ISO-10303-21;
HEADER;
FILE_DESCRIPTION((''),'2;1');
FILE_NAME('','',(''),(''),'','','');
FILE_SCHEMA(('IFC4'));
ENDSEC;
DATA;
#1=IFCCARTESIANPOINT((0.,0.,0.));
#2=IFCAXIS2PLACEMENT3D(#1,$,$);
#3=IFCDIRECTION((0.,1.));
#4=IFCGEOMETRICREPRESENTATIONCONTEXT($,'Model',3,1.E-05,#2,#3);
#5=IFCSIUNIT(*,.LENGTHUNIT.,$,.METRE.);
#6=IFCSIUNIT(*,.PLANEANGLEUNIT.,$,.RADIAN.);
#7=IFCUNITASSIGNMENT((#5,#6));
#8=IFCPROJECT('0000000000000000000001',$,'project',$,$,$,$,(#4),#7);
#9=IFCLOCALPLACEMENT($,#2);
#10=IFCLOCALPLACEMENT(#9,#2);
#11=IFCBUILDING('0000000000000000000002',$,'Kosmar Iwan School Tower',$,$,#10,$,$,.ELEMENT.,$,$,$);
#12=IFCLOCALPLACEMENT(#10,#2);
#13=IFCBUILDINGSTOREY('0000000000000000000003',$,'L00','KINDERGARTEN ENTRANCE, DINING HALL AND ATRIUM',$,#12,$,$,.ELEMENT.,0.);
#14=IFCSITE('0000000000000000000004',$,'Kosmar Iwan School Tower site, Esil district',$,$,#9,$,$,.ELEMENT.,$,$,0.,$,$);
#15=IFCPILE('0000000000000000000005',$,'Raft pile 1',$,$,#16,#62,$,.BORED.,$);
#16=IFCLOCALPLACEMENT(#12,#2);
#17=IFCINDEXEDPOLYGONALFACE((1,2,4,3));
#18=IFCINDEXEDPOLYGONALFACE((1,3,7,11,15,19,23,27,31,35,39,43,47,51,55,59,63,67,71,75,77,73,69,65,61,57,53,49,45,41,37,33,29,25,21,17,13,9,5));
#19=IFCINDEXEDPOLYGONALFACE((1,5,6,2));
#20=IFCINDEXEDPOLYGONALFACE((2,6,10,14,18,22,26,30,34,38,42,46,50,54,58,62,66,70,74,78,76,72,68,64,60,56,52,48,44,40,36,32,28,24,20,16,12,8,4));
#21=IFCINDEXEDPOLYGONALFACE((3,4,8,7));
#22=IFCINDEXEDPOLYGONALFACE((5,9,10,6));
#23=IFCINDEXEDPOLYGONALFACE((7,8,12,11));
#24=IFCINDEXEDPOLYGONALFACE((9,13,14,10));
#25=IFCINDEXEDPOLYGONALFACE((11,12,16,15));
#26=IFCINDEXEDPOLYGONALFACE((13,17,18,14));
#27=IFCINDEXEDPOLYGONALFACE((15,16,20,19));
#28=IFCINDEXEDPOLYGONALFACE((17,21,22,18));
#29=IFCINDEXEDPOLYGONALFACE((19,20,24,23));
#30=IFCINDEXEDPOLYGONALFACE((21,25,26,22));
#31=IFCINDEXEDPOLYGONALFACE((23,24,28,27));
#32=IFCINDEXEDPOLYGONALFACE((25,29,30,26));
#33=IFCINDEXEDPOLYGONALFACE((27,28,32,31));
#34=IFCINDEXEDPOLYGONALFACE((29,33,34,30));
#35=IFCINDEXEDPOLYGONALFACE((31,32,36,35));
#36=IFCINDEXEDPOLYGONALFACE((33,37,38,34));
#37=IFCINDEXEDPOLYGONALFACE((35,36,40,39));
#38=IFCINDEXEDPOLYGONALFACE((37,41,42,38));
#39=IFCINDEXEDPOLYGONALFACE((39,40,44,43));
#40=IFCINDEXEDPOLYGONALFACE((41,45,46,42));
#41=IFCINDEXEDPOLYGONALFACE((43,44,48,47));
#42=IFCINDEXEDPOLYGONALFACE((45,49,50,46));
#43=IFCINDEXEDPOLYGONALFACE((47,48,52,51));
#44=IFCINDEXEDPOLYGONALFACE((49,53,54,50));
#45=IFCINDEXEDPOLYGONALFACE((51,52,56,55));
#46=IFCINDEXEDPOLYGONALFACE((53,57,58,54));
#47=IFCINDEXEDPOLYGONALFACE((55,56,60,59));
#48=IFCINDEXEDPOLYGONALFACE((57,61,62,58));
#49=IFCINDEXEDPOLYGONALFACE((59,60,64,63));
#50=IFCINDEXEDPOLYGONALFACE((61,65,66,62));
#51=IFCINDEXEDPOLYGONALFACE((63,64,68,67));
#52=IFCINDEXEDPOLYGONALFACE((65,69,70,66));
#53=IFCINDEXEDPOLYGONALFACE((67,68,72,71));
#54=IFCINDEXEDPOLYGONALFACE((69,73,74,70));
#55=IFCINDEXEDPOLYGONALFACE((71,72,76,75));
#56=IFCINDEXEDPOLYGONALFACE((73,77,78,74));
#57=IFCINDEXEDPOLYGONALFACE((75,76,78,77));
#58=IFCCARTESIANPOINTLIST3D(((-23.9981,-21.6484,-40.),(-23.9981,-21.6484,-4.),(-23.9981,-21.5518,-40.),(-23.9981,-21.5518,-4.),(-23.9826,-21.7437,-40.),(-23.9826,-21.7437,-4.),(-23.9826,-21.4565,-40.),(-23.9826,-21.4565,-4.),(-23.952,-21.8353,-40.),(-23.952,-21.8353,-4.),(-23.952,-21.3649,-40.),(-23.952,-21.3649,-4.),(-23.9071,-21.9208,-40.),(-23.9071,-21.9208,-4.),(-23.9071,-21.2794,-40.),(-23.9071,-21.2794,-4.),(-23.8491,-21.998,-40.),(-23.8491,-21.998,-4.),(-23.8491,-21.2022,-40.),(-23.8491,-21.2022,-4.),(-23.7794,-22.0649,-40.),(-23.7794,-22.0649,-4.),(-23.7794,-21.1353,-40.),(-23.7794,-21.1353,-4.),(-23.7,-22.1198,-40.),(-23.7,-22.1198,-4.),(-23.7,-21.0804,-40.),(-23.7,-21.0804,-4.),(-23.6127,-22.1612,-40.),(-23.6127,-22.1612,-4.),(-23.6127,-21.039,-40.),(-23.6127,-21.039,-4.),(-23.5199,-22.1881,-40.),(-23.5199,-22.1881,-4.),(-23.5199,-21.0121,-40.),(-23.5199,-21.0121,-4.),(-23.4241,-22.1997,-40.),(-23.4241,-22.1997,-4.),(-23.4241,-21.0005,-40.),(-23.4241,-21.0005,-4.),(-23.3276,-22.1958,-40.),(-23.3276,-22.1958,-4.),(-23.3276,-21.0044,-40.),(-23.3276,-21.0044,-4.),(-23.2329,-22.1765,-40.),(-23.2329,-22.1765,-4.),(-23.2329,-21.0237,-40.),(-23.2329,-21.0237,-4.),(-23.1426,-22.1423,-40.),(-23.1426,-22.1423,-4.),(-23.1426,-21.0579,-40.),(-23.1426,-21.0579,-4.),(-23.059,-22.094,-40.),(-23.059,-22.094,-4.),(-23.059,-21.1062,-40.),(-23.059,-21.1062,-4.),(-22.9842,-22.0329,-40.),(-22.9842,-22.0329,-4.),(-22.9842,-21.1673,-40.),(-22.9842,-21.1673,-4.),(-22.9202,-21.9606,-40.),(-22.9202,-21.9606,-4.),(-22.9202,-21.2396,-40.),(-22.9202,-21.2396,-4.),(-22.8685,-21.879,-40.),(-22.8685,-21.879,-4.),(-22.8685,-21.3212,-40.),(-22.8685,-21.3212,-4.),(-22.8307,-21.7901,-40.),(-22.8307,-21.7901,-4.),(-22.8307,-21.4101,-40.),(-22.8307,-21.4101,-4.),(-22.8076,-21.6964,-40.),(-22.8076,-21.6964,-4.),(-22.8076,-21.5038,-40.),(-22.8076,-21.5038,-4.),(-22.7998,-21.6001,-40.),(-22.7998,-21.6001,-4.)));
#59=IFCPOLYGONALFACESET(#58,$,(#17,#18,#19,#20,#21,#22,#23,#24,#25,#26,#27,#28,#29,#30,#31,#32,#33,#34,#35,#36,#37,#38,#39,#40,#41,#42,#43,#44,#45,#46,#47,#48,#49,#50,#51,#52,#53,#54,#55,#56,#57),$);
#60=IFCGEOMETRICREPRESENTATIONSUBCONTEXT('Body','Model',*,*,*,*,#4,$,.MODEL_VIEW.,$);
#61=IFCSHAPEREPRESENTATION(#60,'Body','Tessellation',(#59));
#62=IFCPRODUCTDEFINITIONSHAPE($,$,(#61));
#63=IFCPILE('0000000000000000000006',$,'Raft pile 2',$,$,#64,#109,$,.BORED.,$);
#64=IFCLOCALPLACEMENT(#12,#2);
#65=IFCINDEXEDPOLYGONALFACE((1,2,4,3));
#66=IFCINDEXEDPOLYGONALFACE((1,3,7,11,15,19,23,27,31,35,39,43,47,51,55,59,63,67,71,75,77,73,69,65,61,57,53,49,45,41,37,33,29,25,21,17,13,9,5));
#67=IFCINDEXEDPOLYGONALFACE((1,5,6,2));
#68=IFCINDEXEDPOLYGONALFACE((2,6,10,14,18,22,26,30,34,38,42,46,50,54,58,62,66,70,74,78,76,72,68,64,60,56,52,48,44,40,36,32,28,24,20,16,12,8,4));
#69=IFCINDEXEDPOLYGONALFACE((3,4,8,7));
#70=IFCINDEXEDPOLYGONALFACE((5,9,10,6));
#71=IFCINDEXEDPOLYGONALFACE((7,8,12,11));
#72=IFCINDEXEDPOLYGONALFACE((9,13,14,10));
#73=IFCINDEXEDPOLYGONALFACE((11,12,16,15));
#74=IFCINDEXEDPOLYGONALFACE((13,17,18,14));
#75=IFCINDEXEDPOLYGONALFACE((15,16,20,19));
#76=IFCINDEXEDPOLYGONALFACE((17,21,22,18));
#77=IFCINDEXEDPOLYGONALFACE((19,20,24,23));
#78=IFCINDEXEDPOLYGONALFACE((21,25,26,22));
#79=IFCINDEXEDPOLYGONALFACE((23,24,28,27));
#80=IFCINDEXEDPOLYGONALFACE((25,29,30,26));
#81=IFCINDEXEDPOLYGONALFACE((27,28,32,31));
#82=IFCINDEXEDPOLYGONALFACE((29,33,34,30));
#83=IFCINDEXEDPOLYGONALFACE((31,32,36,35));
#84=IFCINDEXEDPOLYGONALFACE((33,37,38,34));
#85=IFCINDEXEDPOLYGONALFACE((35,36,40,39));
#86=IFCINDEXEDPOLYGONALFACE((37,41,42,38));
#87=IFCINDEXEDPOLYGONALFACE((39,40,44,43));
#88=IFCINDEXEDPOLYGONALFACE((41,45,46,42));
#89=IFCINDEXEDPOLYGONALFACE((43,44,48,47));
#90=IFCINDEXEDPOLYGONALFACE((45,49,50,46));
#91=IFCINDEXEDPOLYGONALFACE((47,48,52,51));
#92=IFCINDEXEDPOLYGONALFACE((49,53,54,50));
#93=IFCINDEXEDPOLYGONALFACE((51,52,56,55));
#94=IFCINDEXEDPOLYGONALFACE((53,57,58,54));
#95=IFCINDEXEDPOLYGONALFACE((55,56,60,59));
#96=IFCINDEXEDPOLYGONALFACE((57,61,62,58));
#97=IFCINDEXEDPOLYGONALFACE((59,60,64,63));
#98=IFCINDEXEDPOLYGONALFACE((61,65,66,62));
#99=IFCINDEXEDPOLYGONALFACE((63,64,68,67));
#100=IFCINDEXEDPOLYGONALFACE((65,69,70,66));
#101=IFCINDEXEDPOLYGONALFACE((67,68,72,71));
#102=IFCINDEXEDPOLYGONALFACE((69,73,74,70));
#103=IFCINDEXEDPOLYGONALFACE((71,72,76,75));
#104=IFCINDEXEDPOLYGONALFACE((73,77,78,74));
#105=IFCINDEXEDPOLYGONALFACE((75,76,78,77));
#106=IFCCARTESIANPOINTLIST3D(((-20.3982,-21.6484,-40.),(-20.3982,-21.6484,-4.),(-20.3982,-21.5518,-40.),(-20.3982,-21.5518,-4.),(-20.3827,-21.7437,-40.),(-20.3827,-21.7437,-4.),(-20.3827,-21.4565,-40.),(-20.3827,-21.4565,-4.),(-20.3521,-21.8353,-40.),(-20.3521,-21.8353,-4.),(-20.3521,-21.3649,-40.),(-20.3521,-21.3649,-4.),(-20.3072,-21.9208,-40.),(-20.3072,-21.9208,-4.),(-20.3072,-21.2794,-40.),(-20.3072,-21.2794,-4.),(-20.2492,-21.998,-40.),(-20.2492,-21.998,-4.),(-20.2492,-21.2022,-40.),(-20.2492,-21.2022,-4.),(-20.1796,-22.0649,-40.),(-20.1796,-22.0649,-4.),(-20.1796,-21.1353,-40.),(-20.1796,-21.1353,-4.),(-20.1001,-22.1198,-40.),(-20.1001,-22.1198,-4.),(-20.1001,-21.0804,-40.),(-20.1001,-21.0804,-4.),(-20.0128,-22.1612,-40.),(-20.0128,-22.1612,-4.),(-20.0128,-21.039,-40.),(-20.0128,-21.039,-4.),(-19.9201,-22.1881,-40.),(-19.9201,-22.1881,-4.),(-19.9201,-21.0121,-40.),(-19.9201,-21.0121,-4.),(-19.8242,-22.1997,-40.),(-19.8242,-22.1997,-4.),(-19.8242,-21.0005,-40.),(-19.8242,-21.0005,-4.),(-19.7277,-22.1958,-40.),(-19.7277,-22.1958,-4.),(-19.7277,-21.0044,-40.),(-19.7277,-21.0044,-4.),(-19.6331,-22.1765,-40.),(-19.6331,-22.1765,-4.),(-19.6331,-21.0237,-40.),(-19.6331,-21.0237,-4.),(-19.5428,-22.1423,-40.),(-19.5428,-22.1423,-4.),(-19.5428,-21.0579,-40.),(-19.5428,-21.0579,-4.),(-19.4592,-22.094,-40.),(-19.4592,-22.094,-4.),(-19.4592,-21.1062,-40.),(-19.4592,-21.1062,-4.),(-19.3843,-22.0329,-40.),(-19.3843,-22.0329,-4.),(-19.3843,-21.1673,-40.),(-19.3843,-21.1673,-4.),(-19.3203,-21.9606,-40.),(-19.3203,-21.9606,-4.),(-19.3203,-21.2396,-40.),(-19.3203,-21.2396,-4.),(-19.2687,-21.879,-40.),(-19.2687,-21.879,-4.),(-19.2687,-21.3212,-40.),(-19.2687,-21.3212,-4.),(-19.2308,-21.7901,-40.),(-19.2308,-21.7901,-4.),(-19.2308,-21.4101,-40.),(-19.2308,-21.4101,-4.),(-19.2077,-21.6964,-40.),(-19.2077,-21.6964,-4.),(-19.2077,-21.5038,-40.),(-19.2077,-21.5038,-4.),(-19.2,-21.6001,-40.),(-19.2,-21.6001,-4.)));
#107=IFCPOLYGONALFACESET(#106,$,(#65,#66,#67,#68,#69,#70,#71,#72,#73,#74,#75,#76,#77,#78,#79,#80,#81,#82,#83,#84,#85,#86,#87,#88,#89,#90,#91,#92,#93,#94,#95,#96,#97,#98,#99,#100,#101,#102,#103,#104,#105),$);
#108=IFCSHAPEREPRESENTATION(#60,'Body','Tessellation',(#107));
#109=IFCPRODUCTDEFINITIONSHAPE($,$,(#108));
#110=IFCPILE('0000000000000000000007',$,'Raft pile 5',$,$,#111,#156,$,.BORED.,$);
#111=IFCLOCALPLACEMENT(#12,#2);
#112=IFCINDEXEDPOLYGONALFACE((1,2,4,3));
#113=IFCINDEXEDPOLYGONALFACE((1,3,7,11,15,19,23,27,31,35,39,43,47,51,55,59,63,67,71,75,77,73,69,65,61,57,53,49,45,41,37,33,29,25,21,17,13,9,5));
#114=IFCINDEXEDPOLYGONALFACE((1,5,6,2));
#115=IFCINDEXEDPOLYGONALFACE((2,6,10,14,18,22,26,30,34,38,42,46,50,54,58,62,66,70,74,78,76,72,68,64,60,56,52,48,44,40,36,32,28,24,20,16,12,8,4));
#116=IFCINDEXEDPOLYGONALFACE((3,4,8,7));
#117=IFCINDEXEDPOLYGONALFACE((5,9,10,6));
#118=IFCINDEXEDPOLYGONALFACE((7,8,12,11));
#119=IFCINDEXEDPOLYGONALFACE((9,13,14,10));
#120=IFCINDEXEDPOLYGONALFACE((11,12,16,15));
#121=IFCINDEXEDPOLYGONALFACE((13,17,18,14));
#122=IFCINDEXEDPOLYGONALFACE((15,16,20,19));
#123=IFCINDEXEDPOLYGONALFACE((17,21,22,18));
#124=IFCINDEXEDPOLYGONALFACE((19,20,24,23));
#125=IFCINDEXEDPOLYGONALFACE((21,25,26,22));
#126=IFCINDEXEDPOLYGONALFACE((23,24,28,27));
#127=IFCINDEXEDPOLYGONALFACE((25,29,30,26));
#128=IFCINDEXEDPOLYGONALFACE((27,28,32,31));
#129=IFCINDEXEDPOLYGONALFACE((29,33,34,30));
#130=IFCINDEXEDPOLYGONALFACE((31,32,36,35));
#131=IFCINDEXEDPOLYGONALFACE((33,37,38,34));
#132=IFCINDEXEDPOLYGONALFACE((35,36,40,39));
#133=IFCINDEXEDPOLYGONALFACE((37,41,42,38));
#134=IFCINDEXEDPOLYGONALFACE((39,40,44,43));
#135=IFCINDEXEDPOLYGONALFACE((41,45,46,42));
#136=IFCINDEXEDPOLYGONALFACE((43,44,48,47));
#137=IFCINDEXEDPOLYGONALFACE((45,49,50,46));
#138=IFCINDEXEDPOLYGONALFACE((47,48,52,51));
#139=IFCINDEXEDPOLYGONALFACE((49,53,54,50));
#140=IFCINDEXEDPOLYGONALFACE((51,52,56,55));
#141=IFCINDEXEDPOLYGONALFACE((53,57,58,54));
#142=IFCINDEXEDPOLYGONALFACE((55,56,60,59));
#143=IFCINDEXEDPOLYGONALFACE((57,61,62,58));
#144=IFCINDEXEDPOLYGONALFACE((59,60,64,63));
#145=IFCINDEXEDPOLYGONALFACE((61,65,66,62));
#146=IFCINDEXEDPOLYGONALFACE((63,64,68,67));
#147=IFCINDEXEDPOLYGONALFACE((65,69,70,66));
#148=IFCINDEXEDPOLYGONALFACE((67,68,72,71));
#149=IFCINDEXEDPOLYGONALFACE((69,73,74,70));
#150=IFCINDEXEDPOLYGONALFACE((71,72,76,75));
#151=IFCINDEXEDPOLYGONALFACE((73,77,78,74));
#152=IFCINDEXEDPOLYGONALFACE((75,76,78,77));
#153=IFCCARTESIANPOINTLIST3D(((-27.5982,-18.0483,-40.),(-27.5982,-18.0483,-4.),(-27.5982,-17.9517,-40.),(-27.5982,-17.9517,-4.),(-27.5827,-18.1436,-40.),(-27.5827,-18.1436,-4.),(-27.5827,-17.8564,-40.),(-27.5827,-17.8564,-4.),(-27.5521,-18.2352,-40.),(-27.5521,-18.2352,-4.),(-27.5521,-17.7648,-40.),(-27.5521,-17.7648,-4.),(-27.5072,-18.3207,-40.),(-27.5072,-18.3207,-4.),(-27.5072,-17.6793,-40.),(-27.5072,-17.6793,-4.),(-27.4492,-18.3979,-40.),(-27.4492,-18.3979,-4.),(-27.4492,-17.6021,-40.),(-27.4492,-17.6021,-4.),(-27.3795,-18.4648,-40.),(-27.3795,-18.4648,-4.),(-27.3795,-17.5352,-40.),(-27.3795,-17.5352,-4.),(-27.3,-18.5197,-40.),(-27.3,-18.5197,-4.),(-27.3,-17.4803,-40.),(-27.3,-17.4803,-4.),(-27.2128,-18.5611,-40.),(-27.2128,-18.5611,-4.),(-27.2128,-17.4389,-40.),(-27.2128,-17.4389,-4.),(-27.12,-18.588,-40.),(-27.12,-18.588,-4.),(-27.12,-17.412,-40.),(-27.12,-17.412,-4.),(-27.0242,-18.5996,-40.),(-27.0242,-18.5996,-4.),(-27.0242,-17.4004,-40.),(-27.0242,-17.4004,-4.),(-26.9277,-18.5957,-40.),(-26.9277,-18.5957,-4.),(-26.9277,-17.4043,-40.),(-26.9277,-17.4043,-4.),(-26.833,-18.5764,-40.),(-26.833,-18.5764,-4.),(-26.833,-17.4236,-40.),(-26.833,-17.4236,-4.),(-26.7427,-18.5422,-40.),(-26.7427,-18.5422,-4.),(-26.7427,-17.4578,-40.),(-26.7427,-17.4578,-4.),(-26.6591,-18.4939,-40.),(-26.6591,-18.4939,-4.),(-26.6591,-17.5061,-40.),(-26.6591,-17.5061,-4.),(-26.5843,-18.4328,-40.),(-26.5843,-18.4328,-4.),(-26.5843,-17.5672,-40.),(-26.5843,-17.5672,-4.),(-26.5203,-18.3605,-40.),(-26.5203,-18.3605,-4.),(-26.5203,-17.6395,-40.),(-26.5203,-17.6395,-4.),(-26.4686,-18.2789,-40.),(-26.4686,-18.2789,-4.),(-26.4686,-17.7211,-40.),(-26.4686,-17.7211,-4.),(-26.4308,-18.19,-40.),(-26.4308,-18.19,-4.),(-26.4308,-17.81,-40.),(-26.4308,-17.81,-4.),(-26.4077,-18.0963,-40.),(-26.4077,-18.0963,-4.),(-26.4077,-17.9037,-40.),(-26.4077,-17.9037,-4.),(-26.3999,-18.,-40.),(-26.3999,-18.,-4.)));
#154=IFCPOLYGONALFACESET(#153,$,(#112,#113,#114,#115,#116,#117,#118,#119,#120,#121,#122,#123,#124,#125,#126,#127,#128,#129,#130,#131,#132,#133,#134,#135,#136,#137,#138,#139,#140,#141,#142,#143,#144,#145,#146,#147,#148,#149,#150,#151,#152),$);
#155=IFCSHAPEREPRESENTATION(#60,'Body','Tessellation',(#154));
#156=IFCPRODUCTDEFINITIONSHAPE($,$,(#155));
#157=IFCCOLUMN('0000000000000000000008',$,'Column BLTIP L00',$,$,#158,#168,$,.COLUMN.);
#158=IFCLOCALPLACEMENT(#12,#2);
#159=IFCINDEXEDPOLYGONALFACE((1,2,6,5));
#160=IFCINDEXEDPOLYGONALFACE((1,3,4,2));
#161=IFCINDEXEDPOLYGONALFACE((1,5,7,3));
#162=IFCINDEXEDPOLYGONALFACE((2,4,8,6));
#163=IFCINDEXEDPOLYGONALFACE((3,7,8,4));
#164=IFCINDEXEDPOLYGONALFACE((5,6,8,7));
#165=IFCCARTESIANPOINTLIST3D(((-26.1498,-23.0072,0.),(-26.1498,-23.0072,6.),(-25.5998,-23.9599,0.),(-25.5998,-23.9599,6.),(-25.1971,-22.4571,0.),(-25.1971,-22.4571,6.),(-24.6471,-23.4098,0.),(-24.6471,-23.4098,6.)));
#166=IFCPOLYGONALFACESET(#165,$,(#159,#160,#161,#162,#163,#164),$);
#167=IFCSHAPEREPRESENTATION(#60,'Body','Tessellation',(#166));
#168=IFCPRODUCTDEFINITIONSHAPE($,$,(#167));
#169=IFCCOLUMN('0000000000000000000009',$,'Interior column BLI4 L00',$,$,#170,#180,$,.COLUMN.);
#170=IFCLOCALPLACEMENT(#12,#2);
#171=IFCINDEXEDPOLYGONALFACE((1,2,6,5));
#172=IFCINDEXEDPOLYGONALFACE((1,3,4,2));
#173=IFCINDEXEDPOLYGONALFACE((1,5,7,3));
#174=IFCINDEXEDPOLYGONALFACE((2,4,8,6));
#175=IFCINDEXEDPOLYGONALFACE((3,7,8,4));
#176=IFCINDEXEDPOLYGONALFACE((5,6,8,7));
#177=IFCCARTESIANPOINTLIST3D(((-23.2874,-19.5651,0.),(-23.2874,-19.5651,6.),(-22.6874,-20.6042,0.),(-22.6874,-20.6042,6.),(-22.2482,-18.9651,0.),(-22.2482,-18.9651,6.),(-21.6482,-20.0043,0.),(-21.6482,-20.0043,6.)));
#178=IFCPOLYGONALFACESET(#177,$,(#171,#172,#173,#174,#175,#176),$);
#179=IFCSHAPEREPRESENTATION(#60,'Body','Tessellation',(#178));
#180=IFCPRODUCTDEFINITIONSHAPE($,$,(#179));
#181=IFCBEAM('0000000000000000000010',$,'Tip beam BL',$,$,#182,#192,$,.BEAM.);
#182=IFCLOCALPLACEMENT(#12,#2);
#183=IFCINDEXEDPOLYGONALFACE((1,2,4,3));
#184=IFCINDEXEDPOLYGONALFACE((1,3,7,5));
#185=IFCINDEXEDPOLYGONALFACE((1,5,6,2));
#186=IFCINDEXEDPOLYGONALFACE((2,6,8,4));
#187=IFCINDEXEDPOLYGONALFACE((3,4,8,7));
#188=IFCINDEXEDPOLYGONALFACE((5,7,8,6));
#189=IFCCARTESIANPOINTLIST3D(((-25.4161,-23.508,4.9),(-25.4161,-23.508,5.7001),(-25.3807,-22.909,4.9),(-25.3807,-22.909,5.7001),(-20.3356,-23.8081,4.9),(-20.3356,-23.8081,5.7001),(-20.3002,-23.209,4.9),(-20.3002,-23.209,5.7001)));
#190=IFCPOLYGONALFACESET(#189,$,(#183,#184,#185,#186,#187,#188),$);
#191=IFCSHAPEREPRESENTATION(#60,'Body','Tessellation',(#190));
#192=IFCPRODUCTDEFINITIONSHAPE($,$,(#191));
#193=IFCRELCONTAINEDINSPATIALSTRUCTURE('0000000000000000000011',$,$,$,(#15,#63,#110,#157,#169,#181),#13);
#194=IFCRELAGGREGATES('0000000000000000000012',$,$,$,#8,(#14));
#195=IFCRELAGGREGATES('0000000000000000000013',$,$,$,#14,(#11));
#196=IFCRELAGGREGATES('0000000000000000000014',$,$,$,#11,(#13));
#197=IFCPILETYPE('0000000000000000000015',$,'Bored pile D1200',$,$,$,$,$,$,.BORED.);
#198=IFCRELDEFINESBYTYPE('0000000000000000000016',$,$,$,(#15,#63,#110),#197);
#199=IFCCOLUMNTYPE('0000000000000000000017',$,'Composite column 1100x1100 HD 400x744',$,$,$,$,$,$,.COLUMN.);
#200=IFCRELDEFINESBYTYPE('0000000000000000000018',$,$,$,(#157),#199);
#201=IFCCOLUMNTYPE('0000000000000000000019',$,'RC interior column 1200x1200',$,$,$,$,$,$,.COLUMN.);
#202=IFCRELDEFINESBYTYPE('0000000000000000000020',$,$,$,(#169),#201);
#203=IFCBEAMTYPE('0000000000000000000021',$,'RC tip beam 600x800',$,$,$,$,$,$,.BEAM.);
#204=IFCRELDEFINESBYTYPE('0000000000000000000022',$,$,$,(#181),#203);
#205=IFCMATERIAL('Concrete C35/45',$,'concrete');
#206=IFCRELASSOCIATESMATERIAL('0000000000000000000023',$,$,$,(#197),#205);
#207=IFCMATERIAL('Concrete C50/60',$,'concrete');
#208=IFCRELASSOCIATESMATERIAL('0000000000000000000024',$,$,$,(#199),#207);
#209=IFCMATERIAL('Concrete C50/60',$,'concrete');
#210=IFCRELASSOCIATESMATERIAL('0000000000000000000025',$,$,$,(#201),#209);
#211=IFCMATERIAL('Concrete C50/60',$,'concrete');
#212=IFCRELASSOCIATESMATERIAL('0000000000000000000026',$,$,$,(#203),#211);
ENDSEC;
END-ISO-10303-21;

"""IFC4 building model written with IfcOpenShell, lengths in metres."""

from ifc_helpers import new_model, si_unit, direction, frame, origin, origin_2d, place, context, subcontext, project, spatial, rectangle, circle, extrude, material, material_profile, profile_set, type_object, element, save


model = new_model("IFC4")

# Units and contexts
model_context = context("Model", 3, precision=1e-05, world=origin(), true_north=direction((0.0, 1.0)))
body_context = subcontext(model_context, "Body", "Model", "MODEL_VIEW")
ifc_project = project(units=[si_unit("LENGTHUNIT", "METRE"), si_unit("PLANEANGLEUNIT", "RADIAN")], contexts=[model_context])

# Site, building, storey
site_placement = place(None, origin())
site = spatial("IfcSite", under=ifc_project, at=site_placement, Name="Kosmar Iwan School Tower site, Esil district", CompositionType="ELEMENT", RefElevation=0.0)
building_placement = place(site_placement, origin())
building = spatial("IfcBuilding", under=site, at=building_placement, Name="Kosmar Iwan School Tower", CompositionType="ELEMENT")
storey_placement = place(building_placement, origin())
storey = spatial("IfcBuildingStorey", under=building, at=storey_placement, Name="L00", Description="KINDERGARTEN ENTRANCE, DINING HALL AND ATRIUM", CompositionType="ELEMENT", Elevation=0.0)

# Piles
ifc_material_1 = material(Name="Concrete C35/45", Category="concrete")
ifc_material_profile_1 = material_profile(ifc_material_1, circle(Radius=0.6001, at=origin_2d()), Name="D1200")
ifc_profile_set_1 = profile_set([ifc_material_profile_1], Name="Concrete C35/45")
pile_type = type_object("IfcPileType", Name="Bored pile D1200", PredefinedType="BORED", material=ifc_profile_set_1)
for number, where, z_axis, x_axis, name in (
    (1, (-23.3999, -21.6001, -4.0), (0.0, 0.0, -1.0), (1.0, 0.0, 0.0), "Raft pile 1"),
    (2, (-19.8, -21.6001, -4.0), (0.0, 0.0, -1.0), (1.0, 0.0, 0.0), "Raft pile 2"),
    (3, (-27.0, -18.0, -4.0), (0.0, 0.0, -1.0), (1.0, 0.0, 0.0), "Raft pile 5"),
):
    element("IfcPile", number, at=place(storey_placement, frame(where, z_axis=z_axis, x_axis=x_axis)), inside=storey, type_object=pile_type, Name=name, PredefinedType="BORED", context=body_context, shape_type="SweptSolid", body=[
        extrude(circle(Radius=0.6001, at=origin_2d()), origin(), (0.0, 0.0, 1.0), 36.0),
    ])

# Columns
ifc_material_2 = material(Name="Concrete C50/60", Category="concrete")
ifc_material_profile_2 = material_profile(ifc_material_2, rectangle(XDim=1.1001, YDim=1.1001, at=origin_2d()), Name="RC 1100x1100 + HD 400x744")
ifc_profile_set_2 = profile_set([ifc_material_profile_2], Name="Concrete C50/60")
column_type_1 = type_object("IfcColumnType", Name="Composite column 1100x1100 HD 400x744", PredefinedType="COLUMN", material=ifc_profile_set_2)
column_1_placement = place(storey_placement, frame((-25.3984, -23.2085, 0.0), z_axis=(0.0, 0.0, 1.0), x_axis=(-0.866025, -0.5, 0.0)))
element("IfcColumn", 4, at=column_1_placement, inside=storey, type_object=column_type_1, Name="Column BLTIP L00", PredefinedType="COLUMN", context=body_context, shape_type="SweptSolid", body=[
    extrude(rectangle(XDim=1.1001, YDim=1.1001, at=origin_2d()), origin(), (0.0, 0.0, 1.0), 6.0),
])
ifc_material_3 = material(Name="Concrete C50/60", Category="concrete")
ifc_material_profile_3 = material_profile(ifc_material_3, rectangle(XDim=1.2, YDim=1.2, at=origin_2d()), Name="RC 1200x1200")
ifc_profile_set_3 = profile_set([ifc_material_profile_3], Name="Concrete C50/60")
column_type_2 = type_object("IfcColumnType", Name="RC interior column 1200x1200", PredefinedType="COLUMN", material=ifc_profile_set_3)
column_2_placement = place(storey_placement, frame((-22.4678, -19.7847, 0.0), z_axis=(0.0, 0.0, 1.0), x_axis=(-0.866025, -0.5, 0.0)))
element("IfcColumn", 5, at=column_2_placement, inside=storey, type_object=column_type_2, Name="Interior column BLI4 L00", PredefinedType="COLUMN", context=body_context, shape_type="SweptSolid", body=[
    extrude(rectangle(XDim=1.2, YDim=1.2, at=origin_2d()), origin(), (0.0, 0.0, 1.0), 6.0),
])

# Beam
ifc_material_4 = material(Name="Concrete C50/60", Category="concrete")
ifc_material_profile_4 = material_profile(ifc_material_4, rectangle(XDim=0.6001, YDim=0.8, at=origin_2d()), Name="RC 600x800")
ifc_profile_set_4 = profile_set([ifc_material_profile_4], Name="Concrete C50/60")
beam_type = type_object("IfcBeamType", Name="RC tip beam 600x800", PredefinedType="BEAM", material=ifc_profile_set_4)
beam_1_placement = place(storey_placement, frame((-20.3179, -23.5085, 5.3), z_axis=(-0.998261, 0.058955, 0.0), x_axis=(-0.058955, -0.998261, 0.0)))
element("IfcBeam", 6, at=beam_1_placement, inside=storey, type_object=beam_type, Name="Tip beam BL", PredefinedType="BEAM", context=body_context, shape_type="SweptSolid", body=[
    extrude(rectangle(XDim=0.6001, YDim=0.8, at=origin_2d()), origin(), (0.0, 0.0, 1.0), 5.0894),
])

save(model, "model.ifc")
